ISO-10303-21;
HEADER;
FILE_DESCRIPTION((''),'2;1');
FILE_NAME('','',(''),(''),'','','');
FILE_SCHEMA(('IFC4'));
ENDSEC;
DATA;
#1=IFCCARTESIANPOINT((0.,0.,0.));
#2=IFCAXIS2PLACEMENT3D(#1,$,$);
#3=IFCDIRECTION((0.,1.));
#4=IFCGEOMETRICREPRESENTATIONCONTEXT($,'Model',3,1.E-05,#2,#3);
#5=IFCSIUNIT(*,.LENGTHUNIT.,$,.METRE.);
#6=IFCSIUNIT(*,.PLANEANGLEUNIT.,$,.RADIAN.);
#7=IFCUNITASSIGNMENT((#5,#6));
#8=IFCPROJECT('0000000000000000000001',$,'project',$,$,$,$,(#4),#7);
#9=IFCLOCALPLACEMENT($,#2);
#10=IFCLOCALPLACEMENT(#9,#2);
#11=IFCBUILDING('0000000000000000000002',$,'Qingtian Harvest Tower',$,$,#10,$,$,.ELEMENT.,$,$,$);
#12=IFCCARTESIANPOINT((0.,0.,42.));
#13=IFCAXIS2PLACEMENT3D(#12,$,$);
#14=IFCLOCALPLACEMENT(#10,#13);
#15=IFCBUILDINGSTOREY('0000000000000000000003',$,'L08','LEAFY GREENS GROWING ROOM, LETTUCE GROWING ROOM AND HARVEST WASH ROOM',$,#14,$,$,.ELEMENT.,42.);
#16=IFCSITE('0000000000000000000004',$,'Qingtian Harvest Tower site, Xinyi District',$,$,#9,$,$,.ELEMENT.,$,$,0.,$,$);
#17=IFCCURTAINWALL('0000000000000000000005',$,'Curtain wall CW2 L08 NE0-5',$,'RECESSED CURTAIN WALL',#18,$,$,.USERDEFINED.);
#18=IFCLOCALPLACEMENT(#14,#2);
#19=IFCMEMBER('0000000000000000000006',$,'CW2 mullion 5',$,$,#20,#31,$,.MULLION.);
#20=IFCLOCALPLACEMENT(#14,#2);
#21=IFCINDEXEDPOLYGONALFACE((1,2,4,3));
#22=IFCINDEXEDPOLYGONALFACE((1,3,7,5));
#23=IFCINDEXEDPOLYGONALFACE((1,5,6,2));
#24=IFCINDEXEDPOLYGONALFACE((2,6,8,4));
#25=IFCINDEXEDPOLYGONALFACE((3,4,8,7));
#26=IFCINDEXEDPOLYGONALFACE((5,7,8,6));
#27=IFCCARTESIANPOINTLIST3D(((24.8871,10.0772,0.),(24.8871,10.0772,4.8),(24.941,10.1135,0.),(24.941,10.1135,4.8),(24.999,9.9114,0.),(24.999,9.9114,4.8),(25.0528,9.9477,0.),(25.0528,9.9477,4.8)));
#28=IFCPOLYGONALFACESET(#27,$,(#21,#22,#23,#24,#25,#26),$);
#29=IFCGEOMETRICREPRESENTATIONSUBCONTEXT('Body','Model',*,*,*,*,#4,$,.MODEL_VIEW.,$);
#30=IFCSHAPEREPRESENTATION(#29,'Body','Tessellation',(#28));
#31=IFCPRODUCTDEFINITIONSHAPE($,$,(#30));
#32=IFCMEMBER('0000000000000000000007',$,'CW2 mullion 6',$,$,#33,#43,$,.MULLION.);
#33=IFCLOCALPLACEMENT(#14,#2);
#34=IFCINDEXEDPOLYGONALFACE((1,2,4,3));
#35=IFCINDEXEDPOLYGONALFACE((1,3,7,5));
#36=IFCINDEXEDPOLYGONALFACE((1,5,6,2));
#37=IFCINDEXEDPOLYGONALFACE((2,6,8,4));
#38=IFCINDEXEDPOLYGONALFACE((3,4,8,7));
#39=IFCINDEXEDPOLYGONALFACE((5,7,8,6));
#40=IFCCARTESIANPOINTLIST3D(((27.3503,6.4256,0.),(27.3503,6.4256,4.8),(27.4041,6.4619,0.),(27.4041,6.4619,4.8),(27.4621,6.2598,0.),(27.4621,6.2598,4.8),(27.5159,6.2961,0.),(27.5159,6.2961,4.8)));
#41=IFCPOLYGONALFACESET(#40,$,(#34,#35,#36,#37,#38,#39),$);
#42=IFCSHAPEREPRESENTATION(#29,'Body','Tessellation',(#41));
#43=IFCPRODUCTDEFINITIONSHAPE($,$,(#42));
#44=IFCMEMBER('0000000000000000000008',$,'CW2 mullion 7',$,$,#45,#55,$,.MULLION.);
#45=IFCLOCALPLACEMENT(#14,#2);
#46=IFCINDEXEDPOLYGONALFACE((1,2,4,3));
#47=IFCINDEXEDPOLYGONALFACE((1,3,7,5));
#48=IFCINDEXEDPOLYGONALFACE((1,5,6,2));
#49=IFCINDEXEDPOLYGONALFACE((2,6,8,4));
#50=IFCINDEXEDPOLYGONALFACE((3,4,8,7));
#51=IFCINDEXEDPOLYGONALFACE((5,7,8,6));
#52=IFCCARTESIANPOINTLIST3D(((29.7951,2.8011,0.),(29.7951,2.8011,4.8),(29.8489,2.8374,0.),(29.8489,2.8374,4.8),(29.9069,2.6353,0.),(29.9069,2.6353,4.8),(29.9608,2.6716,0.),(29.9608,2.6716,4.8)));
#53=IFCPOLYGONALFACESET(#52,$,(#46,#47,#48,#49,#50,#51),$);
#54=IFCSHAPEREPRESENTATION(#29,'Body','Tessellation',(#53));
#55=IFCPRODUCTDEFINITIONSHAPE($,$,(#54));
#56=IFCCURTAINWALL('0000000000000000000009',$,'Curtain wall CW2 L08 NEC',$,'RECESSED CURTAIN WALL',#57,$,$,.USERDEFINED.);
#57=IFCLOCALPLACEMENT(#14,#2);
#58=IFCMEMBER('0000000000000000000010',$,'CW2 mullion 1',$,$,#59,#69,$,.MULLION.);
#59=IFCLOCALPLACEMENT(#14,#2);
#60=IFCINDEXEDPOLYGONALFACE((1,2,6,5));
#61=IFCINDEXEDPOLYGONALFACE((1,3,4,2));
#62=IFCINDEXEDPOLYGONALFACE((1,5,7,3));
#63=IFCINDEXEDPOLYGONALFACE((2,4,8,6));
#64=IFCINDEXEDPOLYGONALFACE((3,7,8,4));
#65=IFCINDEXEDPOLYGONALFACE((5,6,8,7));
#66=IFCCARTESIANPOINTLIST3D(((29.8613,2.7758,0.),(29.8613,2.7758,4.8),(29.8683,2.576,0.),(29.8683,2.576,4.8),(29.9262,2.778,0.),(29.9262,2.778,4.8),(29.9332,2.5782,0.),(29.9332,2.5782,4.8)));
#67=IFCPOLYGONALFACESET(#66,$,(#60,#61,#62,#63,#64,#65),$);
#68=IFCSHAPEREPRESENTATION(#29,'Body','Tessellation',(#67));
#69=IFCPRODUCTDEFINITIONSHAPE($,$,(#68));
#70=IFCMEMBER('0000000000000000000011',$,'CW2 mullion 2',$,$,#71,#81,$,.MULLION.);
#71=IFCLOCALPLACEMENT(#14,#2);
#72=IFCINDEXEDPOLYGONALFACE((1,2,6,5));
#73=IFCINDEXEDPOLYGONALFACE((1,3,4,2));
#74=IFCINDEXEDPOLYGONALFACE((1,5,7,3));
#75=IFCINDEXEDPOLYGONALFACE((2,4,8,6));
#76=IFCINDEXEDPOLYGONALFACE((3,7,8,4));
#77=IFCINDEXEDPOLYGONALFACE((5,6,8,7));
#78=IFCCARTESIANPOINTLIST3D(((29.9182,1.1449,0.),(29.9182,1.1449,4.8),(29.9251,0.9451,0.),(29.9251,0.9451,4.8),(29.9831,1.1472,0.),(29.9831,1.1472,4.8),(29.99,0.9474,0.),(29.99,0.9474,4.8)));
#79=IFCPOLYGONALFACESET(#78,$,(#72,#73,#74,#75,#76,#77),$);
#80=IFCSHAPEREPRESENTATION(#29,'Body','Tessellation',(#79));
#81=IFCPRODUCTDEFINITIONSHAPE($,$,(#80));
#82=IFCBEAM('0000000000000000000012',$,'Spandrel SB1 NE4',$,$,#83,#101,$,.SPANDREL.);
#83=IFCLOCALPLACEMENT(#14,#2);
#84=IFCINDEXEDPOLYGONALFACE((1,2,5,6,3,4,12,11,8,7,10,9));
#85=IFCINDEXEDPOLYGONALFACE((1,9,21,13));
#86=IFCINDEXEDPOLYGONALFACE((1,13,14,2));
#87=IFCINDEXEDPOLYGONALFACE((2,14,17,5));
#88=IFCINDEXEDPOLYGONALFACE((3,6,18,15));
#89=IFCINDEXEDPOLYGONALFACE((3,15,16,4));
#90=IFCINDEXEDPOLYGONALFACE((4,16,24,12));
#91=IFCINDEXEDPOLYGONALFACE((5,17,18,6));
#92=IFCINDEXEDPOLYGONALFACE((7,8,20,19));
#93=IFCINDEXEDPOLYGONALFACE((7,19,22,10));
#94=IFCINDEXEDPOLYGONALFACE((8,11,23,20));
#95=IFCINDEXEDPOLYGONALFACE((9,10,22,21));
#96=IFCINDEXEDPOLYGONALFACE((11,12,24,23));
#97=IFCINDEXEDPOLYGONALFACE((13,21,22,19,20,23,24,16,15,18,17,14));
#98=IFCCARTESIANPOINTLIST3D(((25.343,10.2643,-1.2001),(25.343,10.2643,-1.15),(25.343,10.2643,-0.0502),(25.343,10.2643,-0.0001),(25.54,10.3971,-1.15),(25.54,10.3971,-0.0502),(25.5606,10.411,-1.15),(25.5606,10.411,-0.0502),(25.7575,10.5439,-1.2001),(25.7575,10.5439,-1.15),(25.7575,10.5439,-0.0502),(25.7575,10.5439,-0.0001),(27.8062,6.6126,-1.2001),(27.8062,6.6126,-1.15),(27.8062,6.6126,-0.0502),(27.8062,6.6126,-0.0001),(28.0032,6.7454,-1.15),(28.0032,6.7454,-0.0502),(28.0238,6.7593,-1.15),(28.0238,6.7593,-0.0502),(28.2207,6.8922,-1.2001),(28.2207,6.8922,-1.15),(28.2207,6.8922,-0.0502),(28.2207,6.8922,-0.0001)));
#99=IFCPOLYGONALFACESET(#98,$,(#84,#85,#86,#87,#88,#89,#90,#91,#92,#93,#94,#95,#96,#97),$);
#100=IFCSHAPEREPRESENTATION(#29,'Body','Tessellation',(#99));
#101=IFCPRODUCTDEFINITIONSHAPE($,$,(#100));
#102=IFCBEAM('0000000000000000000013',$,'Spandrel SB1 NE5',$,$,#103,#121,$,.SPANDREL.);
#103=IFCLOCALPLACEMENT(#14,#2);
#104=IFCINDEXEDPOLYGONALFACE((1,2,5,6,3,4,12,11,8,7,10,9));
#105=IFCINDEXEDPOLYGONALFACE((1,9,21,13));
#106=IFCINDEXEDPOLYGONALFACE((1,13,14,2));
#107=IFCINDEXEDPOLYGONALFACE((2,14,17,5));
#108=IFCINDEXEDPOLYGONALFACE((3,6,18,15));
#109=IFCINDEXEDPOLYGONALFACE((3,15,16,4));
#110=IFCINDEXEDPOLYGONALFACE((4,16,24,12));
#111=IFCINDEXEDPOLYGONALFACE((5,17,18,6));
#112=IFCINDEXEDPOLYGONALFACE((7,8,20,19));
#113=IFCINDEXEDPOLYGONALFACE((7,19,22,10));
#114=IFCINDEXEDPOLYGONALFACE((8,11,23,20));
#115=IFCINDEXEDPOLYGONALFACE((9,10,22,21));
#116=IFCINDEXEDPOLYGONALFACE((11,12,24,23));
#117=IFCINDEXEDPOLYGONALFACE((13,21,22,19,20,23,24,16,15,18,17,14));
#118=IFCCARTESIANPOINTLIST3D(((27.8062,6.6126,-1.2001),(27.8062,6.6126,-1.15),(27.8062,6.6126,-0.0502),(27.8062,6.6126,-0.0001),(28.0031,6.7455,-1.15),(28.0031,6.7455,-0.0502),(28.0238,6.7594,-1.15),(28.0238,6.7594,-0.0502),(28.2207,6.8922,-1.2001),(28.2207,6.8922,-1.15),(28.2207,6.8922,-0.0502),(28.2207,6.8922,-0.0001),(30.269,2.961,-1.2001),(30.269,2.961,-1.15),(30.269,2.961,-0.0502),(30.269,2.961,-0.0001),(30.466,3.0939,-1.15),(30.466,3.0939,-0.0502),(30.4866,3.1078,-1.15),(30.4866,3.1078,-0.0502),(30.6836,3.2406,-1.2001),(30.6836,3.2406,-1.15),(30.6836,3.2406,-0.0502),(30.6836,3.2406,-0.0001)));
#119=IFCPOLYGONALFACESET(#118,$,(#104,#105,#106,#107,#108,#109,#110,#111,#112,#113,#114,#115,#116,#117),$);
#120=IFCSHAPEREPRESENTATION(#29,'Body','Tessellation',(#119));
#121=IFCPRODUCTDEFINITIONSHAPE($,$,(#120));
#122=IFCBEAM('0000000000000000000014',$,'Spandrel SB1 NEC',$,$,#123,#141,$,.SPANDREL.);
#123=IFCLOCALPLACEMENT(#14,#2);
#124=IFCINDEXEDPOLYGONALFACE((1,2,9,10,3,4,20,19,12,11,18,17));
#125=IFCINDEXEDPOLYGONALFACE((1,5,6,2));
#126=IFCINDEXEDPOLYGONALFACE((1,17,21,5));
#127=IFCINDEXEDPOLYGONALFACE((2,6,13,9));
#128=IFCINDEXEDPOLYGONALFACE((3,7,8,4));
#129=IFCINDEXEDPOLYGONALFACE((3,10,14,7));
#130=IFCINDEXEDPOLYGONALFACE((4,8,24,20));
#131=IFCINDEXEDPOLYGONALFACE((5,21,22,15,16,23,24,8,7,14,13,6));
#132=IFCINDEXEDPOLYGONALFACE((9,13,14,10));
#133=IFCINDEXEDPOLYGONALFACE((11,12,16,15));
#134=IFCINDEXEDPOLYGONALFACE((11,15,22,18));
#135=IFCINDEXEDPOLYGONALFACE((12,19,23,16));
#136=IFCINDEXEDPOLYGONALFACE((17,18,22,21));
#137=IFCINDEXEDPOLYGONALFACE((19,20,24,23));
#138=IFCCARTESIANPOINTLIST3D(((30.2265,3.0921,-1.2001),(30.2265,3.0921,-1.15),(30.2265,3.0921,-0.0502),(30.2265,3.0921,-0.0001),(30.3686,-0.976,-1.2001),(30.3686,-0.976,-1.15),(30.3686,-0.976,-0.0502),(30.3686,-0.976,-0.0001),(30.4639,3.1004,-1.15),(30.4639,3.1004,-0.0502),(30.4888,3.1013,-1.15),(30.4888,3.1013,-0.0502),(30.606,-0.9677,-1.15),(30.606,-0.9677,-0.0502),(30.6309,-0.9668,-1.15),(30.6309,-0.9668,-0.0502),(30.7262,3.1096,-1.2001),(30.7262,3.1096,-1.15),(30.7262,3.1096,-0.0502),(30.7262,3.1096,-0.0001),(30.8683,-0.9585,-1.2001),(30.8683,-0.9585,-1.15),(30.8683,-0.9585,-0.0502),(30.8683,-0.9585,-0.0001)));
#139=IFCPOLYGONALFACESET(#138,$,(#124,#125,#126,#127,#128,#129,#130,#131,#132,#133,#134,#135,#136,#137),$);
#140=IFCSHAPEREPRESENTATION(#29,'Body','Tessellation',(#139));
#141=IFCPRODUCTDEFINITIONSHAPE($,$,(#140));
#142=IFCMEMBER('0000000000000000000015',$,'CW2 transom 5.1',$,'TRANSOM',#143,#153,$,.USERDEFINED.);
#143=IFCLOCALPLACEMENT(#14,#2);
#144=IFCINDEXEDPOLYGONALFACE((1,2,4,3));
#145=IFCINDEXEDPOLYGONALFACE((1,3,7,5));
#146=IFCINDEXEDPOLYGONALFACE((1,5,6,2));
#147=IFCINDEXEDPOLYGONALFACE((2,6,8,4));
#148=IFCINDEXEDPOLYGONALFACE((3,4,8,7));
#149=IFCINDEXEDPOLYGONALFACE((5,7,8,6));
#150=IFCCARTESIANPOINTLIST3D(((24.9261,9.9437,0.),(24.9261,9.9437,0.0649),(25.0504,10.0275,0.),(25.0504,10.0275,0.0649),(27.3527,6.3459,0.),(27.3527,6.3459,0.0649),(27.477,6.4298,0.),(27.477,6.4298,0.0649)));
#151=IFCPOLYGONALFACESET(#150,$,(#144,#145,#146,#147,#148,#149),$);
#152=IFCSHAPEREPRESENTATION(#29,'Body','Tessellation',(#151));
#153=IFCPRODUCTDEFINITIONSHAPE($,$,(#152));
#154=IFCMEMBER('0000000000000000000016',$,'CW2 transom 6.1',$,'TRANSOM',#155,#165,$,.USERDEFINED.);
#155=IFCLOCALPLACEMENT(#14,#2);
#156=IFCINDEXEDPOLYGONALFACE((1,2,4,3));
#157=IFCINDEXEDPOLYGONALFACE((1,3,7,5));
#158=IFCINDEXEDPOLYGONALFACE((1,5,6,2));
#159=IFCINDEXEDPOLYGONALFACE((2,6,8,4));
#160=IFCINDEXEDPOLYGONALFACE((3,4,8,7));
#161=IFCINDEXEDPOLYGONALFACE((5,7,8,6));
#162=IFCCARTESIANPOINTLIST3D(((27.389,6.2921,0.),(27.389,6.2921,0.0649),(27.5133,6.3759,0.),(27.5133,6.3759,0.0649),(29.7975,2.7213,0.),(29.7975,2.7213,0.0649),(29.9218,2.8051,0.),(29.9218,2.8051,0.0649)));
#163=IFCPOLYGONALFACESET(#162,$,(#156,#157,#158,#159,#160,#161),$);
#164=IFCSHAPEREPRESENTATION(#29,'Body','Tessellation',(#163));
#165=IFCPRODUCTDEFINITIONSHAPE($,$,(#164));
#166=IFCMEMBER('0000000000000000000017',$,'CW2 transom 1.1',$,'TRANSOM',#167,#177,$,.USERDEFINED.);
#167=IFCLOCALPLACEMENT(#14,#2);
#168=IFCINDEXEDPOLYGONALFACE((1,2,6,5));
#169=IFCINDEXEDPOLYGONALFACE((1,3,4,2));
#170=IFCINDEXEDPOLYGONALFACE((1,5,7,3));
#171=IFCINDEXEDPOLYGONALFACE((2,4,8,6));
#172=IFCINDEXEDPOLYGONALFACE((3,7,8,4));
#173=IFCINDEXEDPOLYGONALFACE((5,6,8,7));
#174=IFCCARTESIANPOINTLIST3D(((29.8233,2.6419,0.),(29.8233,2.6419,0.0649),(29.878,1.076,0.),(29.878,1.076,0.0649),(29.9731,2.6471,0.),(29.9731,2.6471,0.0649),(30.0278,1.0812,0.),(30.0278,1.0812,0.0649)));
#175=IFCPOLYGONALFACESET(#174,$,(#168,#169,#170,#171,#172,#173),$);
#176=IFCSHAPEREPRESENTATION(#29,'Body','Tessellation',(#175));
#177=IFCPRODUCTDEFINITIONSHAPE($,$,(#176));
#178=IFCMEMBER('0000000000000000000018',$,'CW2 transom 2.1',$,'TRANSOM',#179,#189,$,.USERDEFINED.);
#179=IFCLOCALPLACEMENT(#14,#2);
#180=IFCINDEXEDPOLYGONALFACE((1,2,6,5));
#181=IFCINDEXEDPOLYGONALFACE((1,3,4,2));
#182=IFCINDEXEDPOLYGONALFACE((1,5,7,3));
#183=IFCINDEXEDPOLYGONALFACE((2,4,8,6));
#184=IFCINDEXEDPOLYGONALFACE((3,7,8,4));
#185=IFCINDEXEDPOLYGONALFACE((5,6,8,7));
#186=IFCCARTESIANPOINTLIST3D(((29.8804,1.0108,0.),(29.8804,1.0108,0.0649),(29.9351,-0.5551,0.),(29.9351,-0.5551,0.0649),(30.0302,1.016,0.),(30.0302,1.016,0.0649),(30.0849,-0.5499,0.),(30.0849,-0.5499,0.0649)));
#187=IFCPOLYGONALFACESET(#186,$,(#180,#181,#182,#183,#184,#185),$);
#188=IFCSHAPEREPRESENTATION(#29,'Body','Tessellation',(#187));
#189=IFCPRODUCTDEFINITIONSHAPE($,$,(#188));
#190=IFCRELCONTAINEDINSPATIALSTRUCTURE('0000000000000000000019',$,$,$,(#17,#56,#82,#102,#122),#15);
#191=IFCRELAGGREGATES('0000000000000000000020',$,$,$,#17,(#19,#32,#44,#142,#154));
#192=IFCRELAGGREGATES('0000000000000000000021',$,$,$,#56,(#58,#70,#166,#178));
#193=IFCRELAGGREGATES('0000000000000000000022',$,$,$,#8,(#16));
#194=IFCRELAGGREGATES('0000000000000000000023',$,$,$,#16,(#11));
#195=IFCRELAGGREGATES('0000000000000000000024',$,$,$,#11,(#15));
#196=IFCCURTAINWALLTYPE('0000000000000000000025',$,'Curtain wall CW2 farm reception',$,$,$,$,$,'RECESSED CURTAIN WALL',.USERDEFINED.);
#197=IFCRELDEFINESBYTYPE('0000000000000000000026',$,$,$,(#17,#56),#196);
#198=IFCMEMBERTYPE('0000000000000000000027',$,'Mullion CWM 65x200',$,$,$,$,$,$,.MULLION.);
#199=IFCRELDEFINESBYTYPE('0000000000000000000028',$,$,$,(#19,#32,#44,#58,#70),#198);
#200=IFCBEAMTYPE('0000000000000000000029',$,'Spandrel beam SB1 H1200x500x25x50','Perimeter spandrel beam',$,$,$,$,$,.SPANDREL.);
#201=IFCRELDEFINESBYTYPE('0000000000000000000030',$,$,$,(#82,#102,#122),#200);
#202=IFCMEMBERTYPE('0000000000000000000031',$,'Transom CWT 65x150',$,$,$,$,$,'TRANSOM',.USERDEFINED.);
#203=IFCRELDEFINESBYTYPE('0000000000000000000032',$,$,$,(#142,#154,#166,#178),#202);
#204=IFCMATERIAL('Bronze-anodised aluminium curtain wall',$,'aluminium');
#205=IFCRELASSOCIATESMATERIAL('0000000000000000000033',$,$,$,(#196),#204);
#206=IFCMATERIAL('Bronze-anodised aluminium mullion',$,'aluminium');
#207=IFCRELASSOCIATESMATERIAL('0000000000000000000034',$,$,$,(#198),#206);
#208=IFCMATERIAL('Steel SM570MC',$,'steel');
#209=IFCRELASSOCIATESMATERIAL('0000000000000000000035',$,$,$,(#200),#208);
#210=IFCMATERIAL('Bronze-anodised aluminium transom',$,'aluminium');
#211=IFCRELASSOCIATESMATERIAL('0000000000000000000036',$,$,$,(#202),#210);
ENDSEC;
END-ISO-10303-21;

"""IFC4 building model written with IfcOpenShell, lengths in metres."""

from ifc_helpers import new_model, si_unit, direction, frame, origin, origin_2d, place, context, subcontext, project, spatial, rectangle, i_section, extrude, material, material_profile, profile_set, type_object, element, aggregate, save


model = new_model("IFC4")

# Units and contexts
model_context = context("Model", 3, precision=1e-05, world=origin(), true_north=direction((0.0, 1.0)))
body_context = subcontext(model_context, "Body", "Model", "MODEL_VIEW")
ifc_project = project(units=[si_unit("LENGTHUNIT", "METRE"), si_unit("PLANEANGLEUNIT", "RADIAN")], contexts=[model_context])

# Site, building, storey
site_placement = place(None, origin())
site = spatial("IfcSite", under=ifc_project, at=site_placement, Name="Qingtian Harvest Tower site, Xinyi District", CompositionType="ELEMENT", RefElevation=0.0)
building_placement = place(site_placement, origin())
building = spatial("IfcBuilding", under=site, at=building_placement, Name="Qingtian Harvest Tower", CompositionType="ELEMENT")
storey_placement = place(building_placement, frame((0.0, 0.0, 42.0)))
storey = spatial("IfcBuildingStorey", under=building, at=storey_placement, Name="L08", Description="LEAFY GREENS GROWING ROOM, LETTUCE GROWING ROOM AND HARVEST WASH ROOM", CompositionType="ELEMENT", Elevation=42.0)

# Curtain walls, members
ifc_material_1 = material(Name="Bronze-anodised aluminium curtain wall", Category="aluminium")
curtain_wall_type = type_object("IfcCurtainWallType", Name="Curtain wall CW2 farm reception", ElementType="RECESSED CURTAIN WALL", PredefinedType="USERDEFINED", material=ifc_material_1)
curtain_wall_1_placement = place(storey_placement, origin())
curtain_wall_1 = element("IfcCurtainWall", 1, at=curtain_wall_1_placement, inside=storey, type_object=curtain_wall_type, Name="Curtain wall CW2 L08 NE0-5", ObjectType="RECESSED CURTAIN WALL", PredefinedType="USERDEFINED")
ifc_material_2 = material(Name="Bronze-anodised aluminium mullion", Category="aluminium")
ifc_material_profile_1 = material_profile(ifc_material_2, rectangle(XDim=0.0649, YDim=0.2, at=origin_2d()), Name="AL 65x200")
ifc_profile_set_1 = profile_set([ifc_material_profile_1], Name="Bronze-anodised aluminium mullion")
member_type_1 = type_object("IfcMemberType", Name="Mullion CWM 65x200", PredefinedType="MULLION", material=ifc_profile_set_1)
member_1_placement = place(storey_placement, frame((24.97, 10.0125, 0.0), z_axis=(0.0, 0.0, 1.0), x_axis=(0.829038, 0.559193, 0.0)))
member_1 = element("IfcMember", 2, at=member_1_placement, type_object=member_type_1, Name="CW2 mullion 5", PredefinedType="MULLION", context=body_context, shape_type="SweptSolid", body=[
    extrude(rectangle(XDim=0.0649, YDim=0.2, at=origin_2d()), origin(), (0.0, 0.0, 1.0), 4.8),
])
member_2_placement = place(storey_placement, frame((27.4331, 6.3608, 0.0), z_axis=(0.0, 0.0, 1.0), x_axis=(0.829038, 0.559193, 0.0)))
member_2 = element("IfcMember", 3, at=member_2_placement, type_object=member_type_1, Name="CW2 mullion 6", PredefinedType="MULLION", context=body_context, shape_type="SweptSolid", body=[
    extrude(rectangle(XDim=0.0649, YDim=0.2, at=origin_2d()), origin(), (0.0, 0.0, 1.0), 4.8),
])
member_3_placement = place(storey_placement, frame((29.8779, 2.7363, 0.0), z_axis=(0.0, 0.0, 1.0), x_axis=(0.829038, 0.559193, 0.0)))
member_3 = element("IfcMember", 4, at=member_3_placement, type_object=member_type_1, Name="CW2 mullion 7", PredefinedType="MULLION", context=body_context, shape_type="SweptSolid", body=[
    extrude(rectangle(XDim=0.0649, YDim=0.2, at=origin_2d()), origin(), (0.0, 0.0, 1.0), 4.8),
])
curtain_wall_2_placement = place(storey_placement, origin())
curtain_wall_2 = element("IfcCurtainWall", 5, at=curtain_wall_2_placement, inside=storey, type_object=curtain_wall_type, Name="Curtain wall CW2 L08 NEC", ObjectType="RECESSED CURTAIN WALL", PredefinedType="USERDEFINED")
member_4_placement = place(storey_placement, frame((29.8972, 2.677, 0.0), z_axis=(0.0, 0.0, 1.0), x_axis=(0.999391, 0.034899, 0.0)))
member_4 = element("IfcMember", 6, at=member_4_placement, type_object=member_type_1, Name="CW2 mullion 1", PredefinedType="MULLION", context=body_context, shape_type="SweptSolid", body=[
    extrude(rectangle(XDim=0.0649, YDim=0.2, at=origin_2d()), origin(), (0.0, 0.0, 1.0), 4.8),
])
member_5_placement = place(storey_placement, frame((29.9541, 1.0461, 0.0), z_axis=(0.0, 0.0, 1.0), x_axis=(0.999391, 0.034899, 0.0)))
member_5 = element("IfcMember", 7, at=member_5_placement, type_object=member_type_1, Name="CW2 mullion 2", PredefinedType="MULLION", context=body_context, shape_type="SweptSolid", body=[
    extrude(rectangle(XDim=0.0649, YDim=0.2, at=origin_2d()), origin(), (0.0, 0.0, 1.0), 4.8),
])

# Beams
ifc_material_3 = material(Name="Steel SM570MC", Category="steel")
ifc_material_profile_2 = material_profile(ifc_material_3, i_section(OverallWidth=0.5, OverallDepth=1.2, WebThickness=0.0249, FlangeThickness=0.05, at=origin_2d()), Name="H1200x500x25x50")
ifc_profile_set_2 = profile_set([ifc_material_profile_2], Name="Steel SM570MC")
beam_type_1 = type_object("IfcBeamType", Name="Spandrel beam SB1 H1200x500x25x50", Description="Perimeter spandrel beam", PredefinedType="SPANDREL", material=ifc_profile_set_2)
beam_1_placement = place(storey_placement, frame((25.5503, 10.4041, -0.6001), z_axis=(0.559207, -0.829028, 0.0), x_axis=(0.829028, 0.559207, 0.0)))
element("IfcBeam", 8, at=beam_1_placement, inside=storey, type_object=beam_type_1, Name="Spandrel SB1 NE4", PredefinedType="SPANDREL", context=body_context, shape_type="SweptSolid", body=[
    extrude(i_section(OverallWidth=0.5, OverallDepth=1.2, WebThickness=0.0249, FlangeThickness=0.05, at=origin_2d()), origin(), (0.0, 0.0, 1.0), 4.4048),
])
beam_2_placement = place(storey_placement, frame((28.0134, 6.7524, -0.6001), z_axis=(0.559169, -0.829054, 0.0), x_axis=(0.829054, 0.559169, 0.0)))
element("IfcBeam", 9, at=beam_2_placement, inside=storey, type_object=beam_type_1, Name="Spandrel SB1 NE5", PredefinedType="SPANDREL", context=body_context, shape_type="SweptSolid", body=[
    extrude(i_section(OverallWidth=0.5, OverallDepth=1.2, WebThickness=0.0249, FlangeThickness=0.05, at=origin_2d()), origin(), (0.0, 0.0, 1.0), 4.4045),
])
beam_3_placement = place(storey_placement, frame((30.4763, 3.1008, -0.6001), z_axis=(0.034906, -0.999391, 0.0), x_axis=(0.999391, 0.034906, 0.0)))
element("IfcBeam", 10, at=beam_3_placement, inside=storey, type_object=beam_type_1, Name="Spandrel SB1 NEC", PredefinedType="SPANDREL", context=body_context, shape_type="SweptSolid", body=[
    extrude(i_section(OverallWidth=0.5, OverallDepth=1.2, WebThickness=0.0249, FlangeThickness=0.05, at=origin_2d()), origin(), (0.0, 0.0, 1.0), 4.0706),
])

# Members
ifc_material_4 = material(Name="Bronze-anodised aluminium transom", Category="aluminium")
ifc_material_profile_3 = material_profile(ifc_material_4, rectangle(XDim=0.1499, YDim=0.0649, at=origin_2d()), Name="AL 65x150")
ifc_profile_set_3 = profile_set([ifc_material_profile_3], Name="Bronze-anodised aluminium transom")
member_type_2 = type_object("IfcMemberType", Name="Transom CWT 65x150", ElementType="TRANSOM", PredefinedType="USERDEFINED", material=ifc_profile_set_3)
member_6_placement = place(storey_placement, frame((24.9883, 9.9856, 0.0325), z_axis=(0.559171, -0.829052, 0.0), x_axis=(0.829052, 0.559171, 0.0)))
member_6 = element("IfcMember", 11, at=member_6_placement, type_object=member_type_2, Name="CW2 transom 5.1", ObjectType="TRANSOM", PredefinedType="USERDEFINED", context=body_context, shape_type="SweptSolid", body=[
    extrude(rectangle(XDim=0.1499, YDim=0.0649, at=origin_2d()), origin(), (0.0, 0.0, 1.0), 4.3396),
])
member_7_placement = place(storey_placement, frame((27.4512, 6.334, 0.0325), z_axis=(0.559179, -0.829047, 0.0), x_axis=(0.829047, 0.559179, 0.0)))
member_7 = element("IfcMember", 12, at=member_7_placement, type_object=member_type_2, Name="CW2 transom 6.1", ObjectType="TRANSOM", PredefinedType="USERDEFINED", context=body_context, shape_type="SweptSolid", body=[
    extrude(rectangle(XDim=0.1499, YDim=0.0649, at=origin_2d()), origin(), (0.0, 0.0, 1.0), 4.3071),
])
member_8_placement = place(storey_placement, frame((29.8982, 2.6445, 0.0325), z_axis=(0.034902, -0.999391, 0.0), x_axis=(0.999391, 0.034902, 0.0)))
member_8 = element("IfcMember", 13, at=member_8_placement, type_object=member_type_2, Name="CW2 transom 1.1", ObjectType="TRANSOM", PredefinedType="USERDEFINED", context=body_context, shape_type="SweptSolid", body=[
    extrude(rectangle(XDim=0.1499, YDim=0.0649, at=origin_2d()), origin(), (0.0, 0.0, 1.0), 1.5669),
])
member_9_placement = place(storey_placement, frame((29.9553, 1.0134, 0.0325), z_axis=(0.034902, -0.999391, 0.0), x_axis=(0.999391, 0.034902, 0.0)))
member_9 = element("IfcMember", 14, at=member_9_placement, type_object=member_type_2, Name="CW2 transom 2.1", ObjectType="TRANSOM", PredefinedType="USERDEFINED", context=body_context, shape_type="SweptSolid", body=[
    extrude(rectangle(XDim=0.1499, YDim=0.0649, at=origin_2d()), origin(), (0.0, 0.0, 1.0), 1.5669),
])

aggregate(curtain_wall_1, [member_1, member_2, member_3, member_6, member_7])
aggregate(curtain_wall_2, [member_4, member_5, member_8, member_9])

save(model, "model.ifc")
